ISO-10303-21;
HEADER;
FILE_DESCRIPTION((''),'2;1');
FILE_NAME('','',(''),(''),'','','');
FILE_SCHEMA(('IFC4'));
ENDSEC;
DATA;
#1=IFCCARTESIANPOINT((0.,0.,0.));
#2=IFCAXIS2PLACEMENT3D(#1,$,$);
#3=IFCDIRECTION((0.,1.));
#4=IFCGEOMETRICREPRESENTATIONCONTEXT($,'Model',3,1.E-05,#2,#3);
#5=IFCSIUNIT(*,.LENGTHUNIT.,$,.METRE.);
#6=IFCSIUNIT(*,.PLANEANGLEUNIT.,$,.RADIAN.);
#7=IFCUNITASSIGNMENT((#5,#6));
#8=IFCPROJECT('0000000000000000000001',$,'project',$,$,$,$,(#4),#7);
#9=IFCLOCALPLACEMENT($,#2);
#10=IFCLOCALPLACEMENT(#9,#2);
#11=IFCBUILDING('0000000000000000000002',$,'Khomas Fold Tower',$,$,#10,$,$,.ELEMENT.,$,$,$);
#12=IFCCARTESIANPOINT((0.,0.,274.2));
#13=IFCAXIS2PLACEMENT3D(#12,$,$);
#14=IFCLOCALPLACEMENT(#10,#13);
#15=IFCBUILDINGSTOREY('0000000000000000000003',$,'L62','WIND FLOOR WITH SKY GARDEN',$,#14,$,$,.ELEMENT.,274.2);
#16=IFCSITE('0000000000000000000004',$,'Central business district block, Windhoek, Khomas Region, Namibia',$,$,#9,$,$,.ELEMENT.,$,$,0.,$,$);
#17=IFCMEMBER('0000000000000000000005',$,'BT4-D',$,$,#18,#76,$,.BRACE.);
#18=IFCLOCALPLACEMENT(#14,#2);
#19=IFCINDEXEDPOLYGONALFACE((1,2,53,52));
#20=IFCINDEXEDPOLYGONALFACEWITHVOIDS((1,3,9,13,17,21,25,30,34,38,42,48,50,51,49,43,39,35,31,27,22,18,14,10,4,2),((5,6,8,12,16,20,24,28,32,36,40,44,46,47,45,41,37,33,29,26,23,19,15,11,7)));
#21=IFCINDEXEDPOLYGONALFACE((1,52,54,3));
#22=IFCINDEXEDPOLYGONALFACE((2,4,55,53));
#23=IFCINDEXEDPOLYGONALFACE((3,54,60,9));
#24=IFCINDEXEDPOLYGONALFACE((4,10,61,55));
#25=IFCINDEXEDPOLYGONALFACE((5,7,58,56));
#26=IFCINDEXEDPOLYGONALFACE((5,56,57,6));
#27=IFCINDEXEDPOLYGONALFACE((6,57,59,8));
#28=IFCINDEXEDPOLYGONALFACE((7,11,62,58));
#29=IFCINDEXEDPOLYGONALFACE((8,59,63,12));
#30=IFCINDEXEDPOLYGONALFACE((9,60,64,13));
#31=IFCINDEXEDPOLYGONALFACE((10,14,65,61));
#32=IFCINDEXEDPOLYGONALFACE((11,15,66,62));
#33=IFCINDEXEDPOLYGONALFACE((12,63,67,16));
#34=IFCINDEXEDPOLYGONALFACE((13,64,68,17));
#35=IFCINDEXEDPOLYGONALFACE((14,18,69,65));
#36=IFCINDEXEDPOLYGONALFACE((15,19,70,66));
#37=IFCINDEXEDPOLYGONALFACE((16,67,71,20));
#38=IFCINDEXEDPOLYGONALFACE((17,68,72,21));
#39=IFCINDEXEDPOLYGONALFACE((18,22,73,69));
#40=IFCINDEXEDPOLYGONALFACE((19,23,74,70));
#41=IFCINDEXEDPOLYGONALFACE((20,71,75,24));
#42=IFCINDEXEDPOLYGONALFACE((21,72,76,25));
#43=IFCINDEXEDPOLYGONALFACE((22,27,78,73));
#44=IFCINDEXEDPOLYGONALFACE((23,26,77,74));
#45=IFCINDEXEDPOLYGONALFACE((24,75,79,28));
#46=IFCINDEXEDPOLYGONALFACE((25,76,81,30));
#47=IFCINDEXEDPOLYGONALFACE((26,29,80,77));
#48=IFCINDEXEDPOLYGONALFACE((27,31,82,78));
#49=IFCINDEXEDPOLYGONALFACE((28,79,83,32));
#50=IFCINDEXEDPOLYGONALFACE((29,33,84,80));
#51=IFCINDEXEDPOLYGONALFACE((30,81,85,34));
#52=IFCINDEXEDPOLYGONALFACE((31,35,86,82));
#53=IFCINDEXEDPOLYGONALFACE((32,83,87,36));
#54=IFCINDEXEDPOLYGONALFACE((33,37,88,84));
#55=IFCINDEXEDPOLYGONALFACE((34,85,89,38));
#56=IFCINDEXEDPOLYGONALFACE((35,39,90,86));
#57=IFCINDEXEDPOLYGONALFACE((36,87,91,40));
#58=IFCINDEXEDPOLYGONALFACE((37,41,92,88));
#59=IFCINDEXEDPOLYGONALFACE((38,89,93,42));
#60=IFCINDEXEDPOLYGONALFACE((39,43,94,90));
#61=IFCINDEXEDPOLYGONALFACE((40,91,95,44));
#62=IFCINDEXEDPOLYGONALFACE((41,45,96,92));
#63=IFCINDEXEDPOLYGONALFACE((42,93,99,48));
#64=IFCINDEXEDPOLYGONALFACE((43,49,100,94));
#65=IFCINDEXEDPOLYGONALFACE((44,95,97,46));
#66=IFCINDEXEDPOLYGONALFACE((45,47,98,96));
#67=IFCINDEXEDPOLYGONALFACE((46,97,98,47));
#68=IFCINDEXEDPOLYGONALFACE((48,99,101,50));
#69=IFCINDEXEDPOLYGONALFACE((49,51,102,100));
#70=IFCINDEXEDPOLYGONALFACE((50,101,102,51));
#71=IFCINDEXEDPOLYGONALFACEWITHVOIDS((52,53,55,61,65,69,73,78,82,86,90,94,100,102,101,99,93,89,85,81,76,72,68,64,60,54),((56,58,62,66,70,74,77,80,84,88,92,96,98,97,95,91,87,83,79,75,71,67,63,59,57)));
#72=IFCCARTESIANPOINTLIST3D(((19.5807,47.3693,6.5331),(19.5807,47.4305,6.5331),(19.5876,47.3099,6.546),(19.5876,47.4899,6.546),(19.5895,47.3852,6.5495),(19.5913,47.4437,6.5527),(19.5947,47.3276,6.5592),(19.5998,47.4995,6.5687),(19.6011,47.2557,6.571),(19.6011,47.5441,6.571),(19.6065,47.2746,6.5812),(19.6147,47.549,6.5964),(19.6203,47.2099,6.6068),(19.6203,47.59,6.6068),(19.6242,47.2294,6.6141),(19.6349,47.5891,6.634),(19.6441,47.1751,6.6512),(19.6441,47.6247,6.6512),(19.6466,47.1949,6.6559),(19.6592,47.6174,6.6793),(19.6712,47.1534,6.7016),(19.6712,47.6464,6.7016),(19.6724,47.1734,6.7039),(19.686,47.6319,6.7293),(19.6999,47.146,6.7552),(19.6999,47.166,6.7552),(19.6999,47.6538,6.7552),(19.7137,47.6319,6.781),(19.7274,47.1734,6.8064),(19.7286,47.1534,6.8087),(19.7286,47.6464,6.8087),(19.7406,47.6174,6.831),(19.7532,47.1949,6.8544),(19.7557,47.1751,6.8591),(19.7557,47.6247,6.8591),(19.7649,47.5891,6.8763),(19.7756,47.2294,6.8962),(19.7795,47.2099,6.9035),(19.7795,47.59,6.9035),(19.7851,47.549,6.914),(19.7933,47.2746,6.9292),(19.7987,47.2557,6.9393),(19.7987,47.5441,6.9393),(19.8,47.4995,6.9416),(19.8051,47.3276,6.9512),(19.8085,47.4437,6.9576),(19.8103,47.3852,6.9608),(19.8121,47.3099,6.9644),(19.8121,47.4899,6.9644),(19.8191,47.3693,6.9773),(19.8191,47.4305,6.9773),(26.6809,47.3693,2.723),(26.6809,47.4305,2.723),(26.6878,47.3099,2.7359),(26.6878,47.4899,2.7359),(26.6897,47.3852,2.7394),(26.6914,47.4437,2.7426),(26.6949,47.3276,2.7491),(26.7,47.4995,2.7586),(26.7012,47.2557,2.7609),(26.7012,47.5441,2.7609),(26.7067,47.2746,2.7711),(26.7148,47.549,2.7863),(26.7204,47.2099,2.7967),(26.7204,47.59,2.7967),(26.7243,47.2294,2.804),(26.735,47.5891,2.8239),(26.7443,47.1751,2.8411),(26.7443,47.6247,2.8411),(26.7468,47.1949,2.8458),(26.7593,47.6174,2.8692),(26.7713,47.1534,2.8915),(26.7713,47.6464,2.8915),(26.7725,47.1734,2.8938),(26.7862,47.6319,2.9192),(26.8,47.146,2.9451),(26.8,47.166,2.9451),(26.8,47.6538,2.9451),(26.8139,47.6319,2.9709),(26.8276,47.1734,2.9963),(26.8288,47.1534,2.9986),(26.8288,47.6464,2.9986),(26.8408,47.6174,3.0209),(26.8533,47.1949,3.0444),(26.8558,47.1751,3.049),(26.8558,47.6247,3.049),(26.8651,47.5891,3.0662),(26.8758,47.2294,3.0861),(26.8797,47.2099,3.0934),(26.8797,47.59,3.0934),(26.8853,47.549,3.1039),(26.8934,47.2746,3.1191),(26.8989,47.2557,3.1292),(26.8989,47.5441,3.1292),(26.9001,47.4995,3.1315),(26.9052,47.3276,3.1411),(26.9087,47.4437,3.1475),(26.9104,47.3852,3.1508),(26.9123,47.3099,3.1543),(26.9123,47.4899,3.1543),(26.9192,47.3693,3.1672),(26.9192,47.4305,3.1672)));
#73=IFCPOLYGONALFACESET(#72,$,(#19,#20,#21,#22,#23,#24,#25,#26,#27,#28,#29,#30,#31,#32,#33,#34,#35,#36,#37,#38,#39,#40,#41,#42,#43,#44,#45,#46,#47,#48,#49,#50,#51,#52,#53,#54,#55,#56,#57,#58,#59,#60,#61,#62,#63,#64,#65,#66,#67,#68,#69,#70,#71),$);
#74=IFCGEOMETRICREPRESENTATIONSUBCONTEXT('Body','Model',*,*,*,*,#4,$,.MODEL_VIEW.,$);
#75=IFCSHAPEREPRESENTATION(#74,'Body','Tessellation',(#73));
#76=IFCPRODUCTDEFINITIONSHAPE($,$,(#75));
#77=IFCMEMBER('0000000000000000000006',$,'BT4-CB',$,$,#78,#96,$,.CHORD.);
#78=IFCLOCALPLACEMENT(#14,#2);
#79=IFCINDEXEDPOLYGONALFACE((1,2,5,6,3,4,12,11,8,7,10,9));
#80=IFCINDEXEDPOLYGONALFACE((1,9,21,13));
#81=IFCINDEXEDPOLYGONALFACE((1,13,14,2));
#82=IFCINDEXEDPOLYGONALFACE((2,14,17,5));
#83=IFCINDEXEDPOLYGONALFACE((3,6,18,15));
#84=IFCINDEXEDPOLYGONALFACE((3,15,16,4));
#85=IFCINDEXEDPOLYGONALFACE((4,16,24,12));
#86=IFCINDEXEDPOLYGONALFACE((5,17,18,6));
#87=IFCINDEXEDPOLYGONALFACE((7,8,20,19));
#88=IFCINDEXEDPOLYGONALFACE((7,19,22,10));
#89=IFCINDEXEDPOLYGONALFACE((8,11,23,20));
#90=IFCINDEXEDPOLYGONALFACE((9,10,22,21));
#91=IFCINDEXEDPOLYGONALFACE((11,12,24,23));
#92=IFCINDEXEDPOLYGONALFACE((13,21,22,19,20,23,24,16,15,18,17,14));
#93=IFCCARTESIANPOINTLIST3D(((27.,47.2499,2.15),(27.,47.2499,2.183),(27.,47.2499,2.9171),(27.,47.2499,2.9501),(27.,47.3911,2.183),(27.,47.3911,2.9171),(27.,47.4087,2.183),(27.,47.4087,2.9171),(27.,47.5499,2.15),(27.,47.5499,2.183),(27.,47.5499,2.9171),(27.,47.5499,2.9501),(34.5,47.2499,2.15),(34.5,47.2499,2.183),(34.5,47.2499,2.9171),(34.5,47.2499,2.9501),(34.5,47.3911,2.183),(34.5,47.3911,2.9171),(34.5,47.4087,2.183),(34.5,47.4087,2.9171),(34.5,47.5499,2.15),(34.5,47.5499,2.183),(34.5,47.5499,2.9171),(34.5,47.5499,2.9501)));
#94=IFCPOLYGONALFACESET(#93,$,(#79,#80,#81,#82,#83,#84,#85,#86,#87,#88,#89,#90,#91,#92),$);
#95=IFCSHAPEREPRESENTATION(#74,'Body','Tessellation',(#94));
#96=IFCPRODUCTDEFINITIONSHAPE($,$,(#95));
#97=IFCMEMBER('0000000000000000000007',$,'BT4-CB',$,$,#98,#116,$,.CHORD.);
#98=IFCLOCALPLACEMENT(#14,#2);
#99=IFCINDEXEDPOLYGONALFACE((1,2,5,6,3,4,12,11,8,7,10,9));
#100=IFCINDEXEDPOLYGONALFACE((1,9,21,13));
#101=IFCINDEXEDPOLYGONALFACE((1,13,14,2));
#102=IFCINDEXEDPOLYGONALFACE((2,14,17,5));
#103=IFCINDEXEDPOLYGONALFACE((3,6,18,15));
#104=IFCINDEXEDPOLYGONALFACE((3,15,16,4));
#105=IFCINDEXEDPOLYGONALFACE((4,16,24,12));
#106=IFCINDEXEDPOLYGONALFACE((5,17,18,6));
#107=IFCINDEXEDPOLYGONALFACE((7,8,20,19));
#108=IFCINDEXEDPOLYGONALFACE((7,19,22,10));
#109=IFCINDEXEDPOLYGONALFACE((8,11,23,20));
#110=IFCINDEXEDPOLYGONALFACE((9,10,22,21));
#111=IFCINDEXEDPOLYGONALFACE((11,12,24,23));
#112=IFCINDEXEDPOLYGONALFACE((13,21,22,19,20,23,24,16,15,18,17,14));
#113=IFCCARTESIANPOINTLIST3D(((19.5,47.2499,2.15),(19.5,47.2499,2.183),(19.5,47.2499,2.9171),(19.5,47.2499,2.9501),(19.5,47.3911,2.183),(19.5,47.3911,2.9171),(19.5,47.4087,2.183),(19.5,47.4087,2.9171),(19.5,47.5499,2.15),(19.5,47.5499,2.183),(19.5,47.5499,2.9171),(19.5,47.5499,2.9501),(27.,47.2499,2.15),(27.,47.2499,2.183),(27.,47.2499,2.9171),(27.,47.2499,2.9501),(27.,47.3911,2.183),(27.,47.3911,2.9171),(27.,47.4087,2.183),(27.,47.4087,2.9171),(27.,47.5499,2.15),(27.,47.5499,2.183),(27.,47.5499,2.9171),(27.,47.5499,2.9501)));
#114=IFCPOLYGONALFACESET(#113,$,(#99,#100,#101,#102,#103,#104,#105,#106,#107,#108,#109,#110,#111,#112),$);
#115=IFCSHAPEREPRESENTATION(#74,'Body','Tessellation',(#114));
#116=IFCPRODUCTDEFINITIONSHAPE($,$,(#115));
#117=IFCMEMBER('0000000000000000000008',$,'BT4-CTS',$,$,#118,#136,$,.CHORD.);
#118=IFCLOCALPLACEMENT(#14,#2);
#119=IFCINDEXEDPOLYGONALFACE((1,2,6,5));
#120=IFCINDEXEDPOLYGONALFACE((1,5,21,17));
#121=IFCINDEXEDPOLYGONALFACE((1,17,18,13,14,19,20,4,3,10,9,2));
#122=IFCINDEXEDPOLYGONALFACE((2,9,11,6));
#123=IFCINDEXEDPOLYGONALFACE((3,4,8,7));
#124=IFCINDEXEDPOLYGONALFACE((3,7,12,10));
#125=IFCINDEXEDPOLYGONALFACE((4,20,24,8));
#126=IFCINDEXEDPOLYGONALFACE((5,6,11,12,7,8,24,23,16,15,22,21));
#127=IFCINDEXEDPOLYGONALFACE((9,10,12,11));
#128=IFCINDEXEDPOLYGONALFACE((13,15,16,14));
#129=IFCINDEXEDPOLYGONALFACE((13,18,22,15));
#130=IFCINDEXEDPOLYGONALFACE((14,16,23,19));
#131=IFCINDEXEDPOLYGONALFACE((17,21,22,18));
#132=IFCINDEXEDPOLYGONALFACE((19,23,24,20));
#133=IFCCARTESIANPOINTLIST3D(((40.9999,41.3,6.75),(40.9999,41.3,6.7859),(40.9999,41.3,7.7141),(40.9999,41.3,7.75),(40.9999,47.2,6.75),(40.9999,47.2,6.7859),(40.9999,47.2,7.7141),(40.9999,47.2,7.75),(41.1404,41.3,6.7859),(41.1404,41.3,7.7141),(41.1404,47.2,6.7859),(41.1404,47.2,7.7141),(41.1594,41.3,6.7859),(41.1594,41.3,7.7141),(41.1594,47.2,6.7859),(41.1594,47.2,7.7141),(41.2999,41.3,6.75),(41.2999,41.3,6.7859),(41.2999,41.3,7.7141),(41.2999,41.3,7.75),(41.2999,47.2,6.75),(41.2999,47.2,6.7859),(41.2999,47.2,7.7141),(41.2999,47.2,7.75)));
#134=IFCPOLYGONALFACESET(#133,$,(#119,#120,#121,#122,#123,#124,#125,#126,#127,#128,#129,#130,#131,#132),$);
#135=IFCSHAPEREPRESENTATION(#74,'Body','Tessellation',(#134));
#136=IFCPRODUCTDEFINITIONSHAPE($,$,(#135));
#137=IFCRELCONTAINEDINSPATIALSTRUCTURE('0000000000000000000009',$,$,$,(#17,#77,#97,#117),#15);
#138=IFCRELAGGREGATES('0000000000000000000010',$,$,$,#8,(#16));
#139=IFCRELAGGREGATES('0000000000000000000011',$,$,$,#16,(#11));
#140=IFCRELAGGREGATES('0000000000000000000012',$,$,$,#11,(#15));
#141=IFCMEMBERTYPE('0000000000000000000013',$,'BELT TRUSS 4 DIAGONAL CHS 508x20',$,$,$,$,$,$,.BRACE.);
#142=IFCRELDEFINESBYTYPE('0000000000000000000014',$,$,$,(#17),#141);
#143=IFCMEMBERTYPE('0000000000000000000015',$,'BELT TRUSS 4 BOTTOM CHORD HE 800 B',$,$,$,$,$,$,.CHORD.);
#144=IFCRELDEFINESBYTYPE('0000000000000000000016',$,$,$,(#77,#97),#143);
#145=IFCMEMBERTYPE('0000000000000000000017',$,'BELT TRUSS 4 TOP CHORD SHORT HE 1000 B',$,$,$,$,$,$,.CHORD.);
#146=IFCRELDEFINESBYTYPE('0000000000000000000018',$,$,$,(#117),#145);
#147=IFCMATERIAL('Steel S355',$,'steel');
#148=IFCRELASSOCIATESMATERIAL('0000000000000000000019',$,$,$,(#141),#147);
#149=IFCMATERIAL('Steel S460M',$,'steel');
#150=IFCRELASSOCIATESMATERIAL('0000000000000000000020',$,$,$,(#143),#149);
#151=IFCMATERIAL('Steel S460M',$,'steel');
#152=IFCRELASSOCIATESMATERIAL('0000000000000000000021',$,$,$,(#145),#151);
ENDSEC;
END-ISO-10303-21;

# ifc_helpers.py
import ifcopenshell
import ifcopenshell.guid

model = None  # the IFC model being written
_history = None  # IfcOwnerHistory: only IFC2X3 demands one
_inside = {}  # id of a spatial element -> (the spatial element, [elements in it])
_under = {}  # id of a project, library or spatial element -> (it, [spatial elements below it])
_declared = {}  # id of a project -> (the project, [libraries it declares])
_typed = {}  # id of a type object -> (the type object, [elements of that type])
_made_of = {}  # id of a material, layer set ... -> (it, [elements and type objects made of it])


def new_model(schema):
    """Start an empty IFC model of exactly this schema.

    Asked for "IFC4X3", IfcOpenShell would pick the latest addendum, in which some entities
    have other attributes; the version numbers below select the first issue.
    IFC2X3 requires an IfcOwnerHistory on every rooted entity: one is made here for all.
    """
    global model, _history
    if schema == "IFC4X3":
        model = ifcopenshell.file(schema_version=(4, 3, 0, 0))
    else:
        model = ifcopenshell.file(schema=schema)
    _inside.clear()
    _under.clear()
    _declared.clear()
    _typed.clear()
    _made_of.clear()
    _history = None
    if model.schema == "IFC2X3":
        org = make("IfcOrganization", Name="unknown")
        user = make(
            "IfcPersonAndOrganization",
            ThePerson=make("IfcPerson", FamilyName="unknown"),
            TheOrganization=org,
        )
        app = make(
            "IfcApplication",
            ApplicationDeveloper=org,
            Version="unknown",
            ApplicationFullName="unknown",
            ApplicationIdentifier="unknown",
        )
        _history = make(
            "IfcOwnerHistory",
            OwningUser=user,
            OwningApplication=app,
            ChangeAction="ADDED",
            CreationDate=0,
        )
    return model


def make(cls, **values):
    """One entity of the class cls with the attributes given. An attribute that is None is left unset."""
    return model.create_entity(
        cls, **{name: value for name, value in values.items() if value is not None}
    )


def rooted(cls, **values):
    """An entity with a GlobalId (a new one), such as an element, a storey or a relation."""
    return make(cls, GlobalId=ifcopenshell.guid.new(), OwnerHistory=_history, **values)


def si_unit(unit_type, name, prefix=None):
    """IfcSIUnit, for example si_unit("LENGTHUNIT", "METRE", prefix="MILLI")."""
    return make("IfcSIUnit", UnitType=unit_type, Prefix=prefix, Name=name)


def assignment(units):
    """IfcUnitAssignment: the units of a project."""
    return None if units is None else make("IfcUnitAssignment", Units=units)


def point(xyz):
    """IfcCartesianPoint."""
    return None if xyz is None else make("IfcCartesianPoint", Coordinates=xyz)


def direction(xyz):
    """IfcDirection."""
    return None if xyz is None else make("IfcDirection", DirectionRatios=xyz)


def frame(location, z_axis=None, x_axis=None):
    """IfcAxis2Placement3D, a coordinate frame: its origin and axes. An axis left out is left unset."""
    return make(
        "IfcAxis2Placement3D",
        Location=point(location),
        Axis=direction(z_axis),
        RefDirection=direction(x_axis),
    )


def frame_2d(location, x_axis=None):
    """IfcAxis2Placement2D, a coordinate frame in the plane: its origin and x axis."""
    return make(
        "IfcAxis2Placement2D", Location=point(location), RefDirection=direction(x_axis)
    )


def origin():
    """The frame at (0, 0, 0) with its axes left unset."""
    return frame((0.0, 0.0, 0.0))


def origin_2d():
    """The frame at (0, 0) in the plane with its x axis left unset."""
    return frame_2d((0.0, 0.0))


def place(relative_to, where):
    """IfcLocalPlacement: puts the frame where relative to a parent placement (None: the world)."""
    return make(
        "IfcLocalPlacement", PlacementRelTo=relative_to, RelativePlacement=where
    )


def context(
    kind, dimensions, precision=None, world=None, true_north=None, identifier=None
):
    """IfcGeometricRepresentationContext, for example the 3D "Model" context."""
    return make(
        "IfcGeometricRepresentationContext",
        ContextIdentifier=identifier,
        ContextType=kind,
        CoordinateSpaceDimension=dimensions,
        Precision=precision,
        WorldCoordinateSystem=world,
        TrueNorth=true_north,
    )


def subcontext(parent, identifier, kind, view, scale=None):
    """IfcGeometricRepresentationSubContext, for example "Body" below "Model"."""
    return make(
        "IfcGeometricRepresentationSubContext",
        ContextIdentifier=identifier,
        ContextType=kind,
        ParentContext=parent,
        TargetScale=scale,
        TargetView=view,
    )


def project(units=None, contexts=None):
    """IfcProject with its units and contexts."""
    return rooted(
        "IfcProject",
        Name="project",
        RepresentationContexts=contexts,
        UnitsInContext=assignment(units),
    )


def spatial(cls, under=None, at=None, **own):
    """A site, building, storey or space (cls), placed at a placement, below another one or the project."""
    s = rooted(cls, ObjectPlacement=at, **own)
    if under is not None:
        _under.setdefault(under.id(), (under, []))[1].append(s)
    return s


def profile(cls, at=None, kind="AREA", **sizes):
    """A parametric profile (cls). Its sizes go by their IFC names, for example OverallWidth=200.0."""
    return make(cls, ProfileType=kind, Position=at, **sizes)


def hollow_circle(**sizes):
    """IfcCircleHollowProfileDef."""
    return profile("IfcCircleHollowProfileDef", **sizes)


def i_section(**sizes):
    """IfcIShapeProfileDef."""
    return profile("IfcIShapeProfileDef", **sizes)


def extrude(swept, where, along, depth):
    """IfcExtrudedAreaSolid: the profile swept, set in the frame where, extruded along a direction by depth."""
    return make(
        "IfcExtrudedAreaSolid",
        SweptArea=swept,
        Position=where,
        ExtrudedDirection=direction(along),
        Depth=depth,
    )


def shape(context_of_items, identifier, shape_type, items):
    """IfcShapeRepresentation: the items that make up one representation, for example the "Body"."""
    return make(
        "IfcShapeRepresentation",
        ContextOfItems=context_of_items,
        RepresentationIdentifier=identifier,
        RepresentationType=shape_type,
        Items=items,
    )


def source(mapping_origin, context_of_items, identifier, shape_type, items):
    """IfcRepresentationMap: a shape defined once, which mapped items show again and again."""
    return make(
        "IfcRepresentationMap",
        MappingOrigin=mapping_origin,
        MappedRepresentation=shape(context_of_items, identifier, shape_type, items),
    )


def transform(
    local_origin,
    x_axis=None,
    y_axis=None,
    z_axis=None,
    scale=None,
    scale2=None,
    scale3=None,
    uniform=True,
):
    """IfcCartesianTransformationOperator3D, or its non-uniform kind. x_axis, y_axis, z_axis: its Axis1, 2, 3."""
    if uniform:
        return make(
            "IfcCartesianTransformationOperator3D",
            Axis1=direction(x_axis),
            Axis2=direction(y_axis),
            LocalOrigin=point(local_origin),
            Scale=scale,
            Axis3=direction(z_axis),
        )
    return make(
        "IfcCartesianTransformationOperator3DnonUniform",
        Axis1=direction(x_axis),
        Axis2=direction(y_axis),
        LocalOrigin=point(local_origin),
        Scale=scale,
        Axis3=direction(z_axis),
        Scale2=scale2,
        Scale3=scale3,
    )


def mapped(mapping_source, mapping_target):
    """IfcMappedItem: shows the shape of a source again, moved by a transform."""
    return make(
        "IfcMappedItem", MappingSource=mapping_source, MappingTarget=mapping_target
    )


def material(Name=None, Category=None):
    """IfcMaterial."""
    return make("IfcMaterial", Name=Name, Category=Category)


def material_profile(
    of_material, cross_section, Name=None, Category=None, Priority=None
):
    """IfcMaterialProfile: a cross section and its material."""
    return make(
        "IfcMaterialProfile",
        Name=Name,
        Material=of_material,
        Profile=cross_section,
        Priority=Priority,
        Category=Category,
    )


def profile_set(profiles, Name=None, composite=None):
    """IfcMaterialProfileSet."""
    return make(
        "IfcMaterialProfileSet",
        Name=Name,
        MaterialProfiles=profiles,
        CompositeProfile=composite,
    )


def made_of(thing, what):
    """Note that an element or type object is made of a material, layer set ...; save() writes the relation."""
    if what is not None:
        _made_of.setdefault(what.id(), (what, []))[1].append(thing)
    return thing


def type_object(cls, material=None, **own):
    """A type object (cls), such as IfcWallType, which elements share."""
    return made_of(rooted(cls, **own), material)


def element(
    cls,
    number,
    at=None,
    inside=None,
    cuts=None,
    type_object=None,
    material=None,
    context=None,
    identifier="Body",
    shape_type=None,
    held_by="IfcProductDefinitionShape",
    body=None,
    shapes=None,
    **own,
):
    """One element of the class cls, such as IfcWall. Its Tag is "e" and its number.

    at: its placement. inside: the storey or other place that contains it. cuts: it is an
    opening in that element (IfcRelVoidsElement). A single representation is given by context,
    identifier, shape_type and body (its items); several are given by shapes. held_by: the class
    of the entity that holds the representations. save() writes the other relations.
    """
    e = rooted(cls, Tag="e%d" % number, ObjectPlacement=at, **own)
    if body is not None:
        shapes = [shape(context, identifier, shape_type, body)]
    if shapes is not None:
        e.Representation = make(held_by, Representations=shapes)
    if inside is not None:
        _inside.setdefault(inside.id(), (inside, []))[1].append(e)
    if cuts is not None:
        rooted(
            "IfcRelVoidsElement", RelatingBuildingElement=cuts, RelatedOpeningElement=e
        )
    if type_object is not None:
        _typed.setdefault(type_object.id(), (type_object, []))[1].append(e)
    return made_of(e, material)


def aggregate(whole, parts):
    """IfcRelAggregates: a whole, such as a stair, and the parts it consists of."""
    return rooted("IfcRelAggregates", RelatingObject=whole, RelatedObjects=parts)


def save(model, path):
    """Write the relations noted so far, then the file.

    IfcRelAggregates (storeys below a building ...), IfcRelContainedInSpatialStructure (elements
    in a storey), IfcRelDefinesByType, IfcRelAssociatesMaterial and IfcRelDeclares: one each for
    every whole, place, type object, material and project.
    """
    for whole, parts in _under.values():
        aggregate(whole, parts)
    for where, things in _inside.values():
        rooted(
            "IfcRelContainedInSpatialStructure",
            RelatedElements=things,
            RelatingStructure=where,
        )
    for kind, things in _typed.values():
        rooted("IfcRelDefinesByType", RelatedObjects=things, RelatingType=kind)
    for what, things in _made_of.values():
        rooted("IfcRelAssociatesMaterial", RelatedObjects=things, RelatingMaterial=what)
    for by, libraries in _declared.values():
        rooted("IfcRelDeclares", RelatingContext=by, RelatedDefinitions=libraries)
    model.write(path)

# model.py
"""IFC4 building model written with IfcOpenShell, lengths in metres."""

from ifc_helpers import new_model, si_unit, direction, frame, origin, origin_2d, place, context, subcontext, project, spatial, hollow_circle, i_section, extrude, source, transform, mapped, material, material_profile, profile_set, type_object, element, save


model = new_model("IFC4")

# Units and contexts
model_context = context("Model", 3, precision=1e-05, world=origin(), true_north=direction((0.0, 1.0)))
body_context = subcontext(model_context, "Body", "Model", "MODEL_VIEW")
ifc_project = project(units=[si_unit("LENGTHUNIT", "METRE"), si_unit("PLANEANGLEUNIT", "RADIAN")], contexts=[model_context])

# Site, building, storey
site_placement = place(None, origin())
site = spatial("IfcSite", under=ifc_project, at=site_placement, Name="Central business district block, Windhoek, Khomas Region, Namibia", CompositionType="ELEMENT", RefElevation=0.0)
building_placement = place(site_placement, origin())
building = spatial("IfcBuilding", under=site, at=building_placement, Name="Khomas Fold Tower", CompositionType="ELEMENT")
storey_placement = place(building_placement, frame((0.0, 0.0, 274.2)))
storey = spatial("IfcBuildingStorey", under=building, at=storey_placement, Name="L62", Description="WIND FLOOR WITH SKY GARDEN", CompositionType="ELEMENT", Elevation=274.2)

# Members
ifc_material_1 = material(Name="Steel S355", Category="steel")
ifc_material_profile_1 = material_profile(ifc_material_1, hollow_circle(Radius=0.2539, WallThickness=0.02, at=origin_2d()), Name="CHS 508x20")
ifc_profile_set_1 = profile_set([ifc_material_profile_1], Name="Steel S355")
member_type_1 = type_object("IfcMemberType", Name="BELT TRUSS 4 DIAGONAL CHS 508x20", PredefinedType="BRACE", material=ifc_profile_set_1)
shared_shape_1 = source(origin(), body_context, "Body", "SweptSolid", [
    extrude(hollow_circle(Radius=0.2539, WallThickness=0.02, at=origin_2d()), origin(), (0.0, 0.0, 1.0), 8.0579),
])
for number, where, z_axis, x_axis, name in (
    (1, (26.8, 47.3999, 2.9451), (-0.881147, 0.0, 0.472842), (0.0, -1.0, 0.0), "BT4-D"),
):
    element("IfcMember", number, at=place(storey_placement, frame(where, z_axis=z_axis, x_axis=x_axis)), inside=storey, type_object=member_type_1, Name=name, PredefinedType="BRACE", context=body_context, shape_type="MappedRepresentation", body=[
        mapped(shared_shape_1, transform((0.0, 0.0, 0.0))),
    ])
ifc_material_2 = material(Name="Steel S460M", Category="steel")
ifc_material_profile_2 = material_profile(ifc_material_2, i_section(OverallWidth=0.3, OverallDepth=0.8, WebThickness=0.0176, FlangeThickness=0.033, at=origin_2d()), Name="HE 800 B")
ifc_profile_set_2 = profile_set([ifc_material_profile_2], Name="Steel S460M")
member_type_2 = type_object("IfcMemberType", Name="BELT TRUSS 4 BOTTOM CHORD HE 800 B", PredefinedType="CHORD", material=ifc_profile_set_2)
shared_shape_2 = source(origin(), body_context, "Body", "SweptSolid", [
    extrude(i_section(OverallWidth=0.3, OverallDepth=0.8, WebThickness=0.0176, FlangeThickness=0.033, at=origin_2d()), origin(), (0.0, 0.0, 1.0), 7.5),
])
for number, where, z_axis, x_axis, name in (
    (2, (34.5, 47.3999, 2.55), (-1.0, 0.0, 0.0), (0.0, -1.0, 0.0), "BT4-CB"),
    (3, (27.0, 47.3999, 2.55), (-1.0, 0.0, 0.0), (0.0, -1.0, 0.0), "BT4-CB"),
):
    element("IfcMember", number, at=place(storey_placement, frame(where, z_axis=z_axis, x_axis=x_axis)), inside=storey, type_object=member_type_2, Name=name, PredefinedType="CHORD", context=body_context, shape_type="MappedRepresentation", body=[
        mapped(shared_shape_2, transform((0.0, 0.0, 0.0))),
    ])
ifc_material_3 = material(Name="Steel S460M", Category="steel")
ifc_material_profile_3 = material_profile(ifc_material_3, i_section(OverallWidth=0.3, OverallDepth=1.0, WebThickness=0.019, FlangeThickness=0.0359, at=origin_2d()), Name="HE 1000 B")
ifc_profile_set_3 = profile_set([ifc_material_profile_3], Name="Steel S460M")
member_type_3 = type_object("IfcMemberType", Name="BELT TRUSS 4 TOP CHORD SHORT HE 1000 B", PredefinedType="CHORD", material=ifc_profile_set_3)
shared_shape_3 = source(origin(), body_context, "Body", "SweptSolid", [
    extrude(i_section(OverallWidth=0.3, OverallDepth=1.0, WebThickness=0.019, FlangeThickness=0.0359, at=origin_2d()), origin(), (0.0, 0.0, 1.0), 5.8999),
])
member_1_placement = place(storey_placement, frame((41.1499, 47.2, 7.25), z_axis=(0.0, -1.0, 0.0), x_axis=(1.0, 0.0, 0.0)))
element("IfcMember", 4, at=member_1_placement, inside=storey, type_object=member_type_3, Name="BT4-CTS", PredefinedType="CHORD", context=body_context, shape_type="MappedRepresentation", body=[
    mapped(shared_shape_3, transform((0.0, 0.0, 0.0))),
])

save(model, "model.ifc")
